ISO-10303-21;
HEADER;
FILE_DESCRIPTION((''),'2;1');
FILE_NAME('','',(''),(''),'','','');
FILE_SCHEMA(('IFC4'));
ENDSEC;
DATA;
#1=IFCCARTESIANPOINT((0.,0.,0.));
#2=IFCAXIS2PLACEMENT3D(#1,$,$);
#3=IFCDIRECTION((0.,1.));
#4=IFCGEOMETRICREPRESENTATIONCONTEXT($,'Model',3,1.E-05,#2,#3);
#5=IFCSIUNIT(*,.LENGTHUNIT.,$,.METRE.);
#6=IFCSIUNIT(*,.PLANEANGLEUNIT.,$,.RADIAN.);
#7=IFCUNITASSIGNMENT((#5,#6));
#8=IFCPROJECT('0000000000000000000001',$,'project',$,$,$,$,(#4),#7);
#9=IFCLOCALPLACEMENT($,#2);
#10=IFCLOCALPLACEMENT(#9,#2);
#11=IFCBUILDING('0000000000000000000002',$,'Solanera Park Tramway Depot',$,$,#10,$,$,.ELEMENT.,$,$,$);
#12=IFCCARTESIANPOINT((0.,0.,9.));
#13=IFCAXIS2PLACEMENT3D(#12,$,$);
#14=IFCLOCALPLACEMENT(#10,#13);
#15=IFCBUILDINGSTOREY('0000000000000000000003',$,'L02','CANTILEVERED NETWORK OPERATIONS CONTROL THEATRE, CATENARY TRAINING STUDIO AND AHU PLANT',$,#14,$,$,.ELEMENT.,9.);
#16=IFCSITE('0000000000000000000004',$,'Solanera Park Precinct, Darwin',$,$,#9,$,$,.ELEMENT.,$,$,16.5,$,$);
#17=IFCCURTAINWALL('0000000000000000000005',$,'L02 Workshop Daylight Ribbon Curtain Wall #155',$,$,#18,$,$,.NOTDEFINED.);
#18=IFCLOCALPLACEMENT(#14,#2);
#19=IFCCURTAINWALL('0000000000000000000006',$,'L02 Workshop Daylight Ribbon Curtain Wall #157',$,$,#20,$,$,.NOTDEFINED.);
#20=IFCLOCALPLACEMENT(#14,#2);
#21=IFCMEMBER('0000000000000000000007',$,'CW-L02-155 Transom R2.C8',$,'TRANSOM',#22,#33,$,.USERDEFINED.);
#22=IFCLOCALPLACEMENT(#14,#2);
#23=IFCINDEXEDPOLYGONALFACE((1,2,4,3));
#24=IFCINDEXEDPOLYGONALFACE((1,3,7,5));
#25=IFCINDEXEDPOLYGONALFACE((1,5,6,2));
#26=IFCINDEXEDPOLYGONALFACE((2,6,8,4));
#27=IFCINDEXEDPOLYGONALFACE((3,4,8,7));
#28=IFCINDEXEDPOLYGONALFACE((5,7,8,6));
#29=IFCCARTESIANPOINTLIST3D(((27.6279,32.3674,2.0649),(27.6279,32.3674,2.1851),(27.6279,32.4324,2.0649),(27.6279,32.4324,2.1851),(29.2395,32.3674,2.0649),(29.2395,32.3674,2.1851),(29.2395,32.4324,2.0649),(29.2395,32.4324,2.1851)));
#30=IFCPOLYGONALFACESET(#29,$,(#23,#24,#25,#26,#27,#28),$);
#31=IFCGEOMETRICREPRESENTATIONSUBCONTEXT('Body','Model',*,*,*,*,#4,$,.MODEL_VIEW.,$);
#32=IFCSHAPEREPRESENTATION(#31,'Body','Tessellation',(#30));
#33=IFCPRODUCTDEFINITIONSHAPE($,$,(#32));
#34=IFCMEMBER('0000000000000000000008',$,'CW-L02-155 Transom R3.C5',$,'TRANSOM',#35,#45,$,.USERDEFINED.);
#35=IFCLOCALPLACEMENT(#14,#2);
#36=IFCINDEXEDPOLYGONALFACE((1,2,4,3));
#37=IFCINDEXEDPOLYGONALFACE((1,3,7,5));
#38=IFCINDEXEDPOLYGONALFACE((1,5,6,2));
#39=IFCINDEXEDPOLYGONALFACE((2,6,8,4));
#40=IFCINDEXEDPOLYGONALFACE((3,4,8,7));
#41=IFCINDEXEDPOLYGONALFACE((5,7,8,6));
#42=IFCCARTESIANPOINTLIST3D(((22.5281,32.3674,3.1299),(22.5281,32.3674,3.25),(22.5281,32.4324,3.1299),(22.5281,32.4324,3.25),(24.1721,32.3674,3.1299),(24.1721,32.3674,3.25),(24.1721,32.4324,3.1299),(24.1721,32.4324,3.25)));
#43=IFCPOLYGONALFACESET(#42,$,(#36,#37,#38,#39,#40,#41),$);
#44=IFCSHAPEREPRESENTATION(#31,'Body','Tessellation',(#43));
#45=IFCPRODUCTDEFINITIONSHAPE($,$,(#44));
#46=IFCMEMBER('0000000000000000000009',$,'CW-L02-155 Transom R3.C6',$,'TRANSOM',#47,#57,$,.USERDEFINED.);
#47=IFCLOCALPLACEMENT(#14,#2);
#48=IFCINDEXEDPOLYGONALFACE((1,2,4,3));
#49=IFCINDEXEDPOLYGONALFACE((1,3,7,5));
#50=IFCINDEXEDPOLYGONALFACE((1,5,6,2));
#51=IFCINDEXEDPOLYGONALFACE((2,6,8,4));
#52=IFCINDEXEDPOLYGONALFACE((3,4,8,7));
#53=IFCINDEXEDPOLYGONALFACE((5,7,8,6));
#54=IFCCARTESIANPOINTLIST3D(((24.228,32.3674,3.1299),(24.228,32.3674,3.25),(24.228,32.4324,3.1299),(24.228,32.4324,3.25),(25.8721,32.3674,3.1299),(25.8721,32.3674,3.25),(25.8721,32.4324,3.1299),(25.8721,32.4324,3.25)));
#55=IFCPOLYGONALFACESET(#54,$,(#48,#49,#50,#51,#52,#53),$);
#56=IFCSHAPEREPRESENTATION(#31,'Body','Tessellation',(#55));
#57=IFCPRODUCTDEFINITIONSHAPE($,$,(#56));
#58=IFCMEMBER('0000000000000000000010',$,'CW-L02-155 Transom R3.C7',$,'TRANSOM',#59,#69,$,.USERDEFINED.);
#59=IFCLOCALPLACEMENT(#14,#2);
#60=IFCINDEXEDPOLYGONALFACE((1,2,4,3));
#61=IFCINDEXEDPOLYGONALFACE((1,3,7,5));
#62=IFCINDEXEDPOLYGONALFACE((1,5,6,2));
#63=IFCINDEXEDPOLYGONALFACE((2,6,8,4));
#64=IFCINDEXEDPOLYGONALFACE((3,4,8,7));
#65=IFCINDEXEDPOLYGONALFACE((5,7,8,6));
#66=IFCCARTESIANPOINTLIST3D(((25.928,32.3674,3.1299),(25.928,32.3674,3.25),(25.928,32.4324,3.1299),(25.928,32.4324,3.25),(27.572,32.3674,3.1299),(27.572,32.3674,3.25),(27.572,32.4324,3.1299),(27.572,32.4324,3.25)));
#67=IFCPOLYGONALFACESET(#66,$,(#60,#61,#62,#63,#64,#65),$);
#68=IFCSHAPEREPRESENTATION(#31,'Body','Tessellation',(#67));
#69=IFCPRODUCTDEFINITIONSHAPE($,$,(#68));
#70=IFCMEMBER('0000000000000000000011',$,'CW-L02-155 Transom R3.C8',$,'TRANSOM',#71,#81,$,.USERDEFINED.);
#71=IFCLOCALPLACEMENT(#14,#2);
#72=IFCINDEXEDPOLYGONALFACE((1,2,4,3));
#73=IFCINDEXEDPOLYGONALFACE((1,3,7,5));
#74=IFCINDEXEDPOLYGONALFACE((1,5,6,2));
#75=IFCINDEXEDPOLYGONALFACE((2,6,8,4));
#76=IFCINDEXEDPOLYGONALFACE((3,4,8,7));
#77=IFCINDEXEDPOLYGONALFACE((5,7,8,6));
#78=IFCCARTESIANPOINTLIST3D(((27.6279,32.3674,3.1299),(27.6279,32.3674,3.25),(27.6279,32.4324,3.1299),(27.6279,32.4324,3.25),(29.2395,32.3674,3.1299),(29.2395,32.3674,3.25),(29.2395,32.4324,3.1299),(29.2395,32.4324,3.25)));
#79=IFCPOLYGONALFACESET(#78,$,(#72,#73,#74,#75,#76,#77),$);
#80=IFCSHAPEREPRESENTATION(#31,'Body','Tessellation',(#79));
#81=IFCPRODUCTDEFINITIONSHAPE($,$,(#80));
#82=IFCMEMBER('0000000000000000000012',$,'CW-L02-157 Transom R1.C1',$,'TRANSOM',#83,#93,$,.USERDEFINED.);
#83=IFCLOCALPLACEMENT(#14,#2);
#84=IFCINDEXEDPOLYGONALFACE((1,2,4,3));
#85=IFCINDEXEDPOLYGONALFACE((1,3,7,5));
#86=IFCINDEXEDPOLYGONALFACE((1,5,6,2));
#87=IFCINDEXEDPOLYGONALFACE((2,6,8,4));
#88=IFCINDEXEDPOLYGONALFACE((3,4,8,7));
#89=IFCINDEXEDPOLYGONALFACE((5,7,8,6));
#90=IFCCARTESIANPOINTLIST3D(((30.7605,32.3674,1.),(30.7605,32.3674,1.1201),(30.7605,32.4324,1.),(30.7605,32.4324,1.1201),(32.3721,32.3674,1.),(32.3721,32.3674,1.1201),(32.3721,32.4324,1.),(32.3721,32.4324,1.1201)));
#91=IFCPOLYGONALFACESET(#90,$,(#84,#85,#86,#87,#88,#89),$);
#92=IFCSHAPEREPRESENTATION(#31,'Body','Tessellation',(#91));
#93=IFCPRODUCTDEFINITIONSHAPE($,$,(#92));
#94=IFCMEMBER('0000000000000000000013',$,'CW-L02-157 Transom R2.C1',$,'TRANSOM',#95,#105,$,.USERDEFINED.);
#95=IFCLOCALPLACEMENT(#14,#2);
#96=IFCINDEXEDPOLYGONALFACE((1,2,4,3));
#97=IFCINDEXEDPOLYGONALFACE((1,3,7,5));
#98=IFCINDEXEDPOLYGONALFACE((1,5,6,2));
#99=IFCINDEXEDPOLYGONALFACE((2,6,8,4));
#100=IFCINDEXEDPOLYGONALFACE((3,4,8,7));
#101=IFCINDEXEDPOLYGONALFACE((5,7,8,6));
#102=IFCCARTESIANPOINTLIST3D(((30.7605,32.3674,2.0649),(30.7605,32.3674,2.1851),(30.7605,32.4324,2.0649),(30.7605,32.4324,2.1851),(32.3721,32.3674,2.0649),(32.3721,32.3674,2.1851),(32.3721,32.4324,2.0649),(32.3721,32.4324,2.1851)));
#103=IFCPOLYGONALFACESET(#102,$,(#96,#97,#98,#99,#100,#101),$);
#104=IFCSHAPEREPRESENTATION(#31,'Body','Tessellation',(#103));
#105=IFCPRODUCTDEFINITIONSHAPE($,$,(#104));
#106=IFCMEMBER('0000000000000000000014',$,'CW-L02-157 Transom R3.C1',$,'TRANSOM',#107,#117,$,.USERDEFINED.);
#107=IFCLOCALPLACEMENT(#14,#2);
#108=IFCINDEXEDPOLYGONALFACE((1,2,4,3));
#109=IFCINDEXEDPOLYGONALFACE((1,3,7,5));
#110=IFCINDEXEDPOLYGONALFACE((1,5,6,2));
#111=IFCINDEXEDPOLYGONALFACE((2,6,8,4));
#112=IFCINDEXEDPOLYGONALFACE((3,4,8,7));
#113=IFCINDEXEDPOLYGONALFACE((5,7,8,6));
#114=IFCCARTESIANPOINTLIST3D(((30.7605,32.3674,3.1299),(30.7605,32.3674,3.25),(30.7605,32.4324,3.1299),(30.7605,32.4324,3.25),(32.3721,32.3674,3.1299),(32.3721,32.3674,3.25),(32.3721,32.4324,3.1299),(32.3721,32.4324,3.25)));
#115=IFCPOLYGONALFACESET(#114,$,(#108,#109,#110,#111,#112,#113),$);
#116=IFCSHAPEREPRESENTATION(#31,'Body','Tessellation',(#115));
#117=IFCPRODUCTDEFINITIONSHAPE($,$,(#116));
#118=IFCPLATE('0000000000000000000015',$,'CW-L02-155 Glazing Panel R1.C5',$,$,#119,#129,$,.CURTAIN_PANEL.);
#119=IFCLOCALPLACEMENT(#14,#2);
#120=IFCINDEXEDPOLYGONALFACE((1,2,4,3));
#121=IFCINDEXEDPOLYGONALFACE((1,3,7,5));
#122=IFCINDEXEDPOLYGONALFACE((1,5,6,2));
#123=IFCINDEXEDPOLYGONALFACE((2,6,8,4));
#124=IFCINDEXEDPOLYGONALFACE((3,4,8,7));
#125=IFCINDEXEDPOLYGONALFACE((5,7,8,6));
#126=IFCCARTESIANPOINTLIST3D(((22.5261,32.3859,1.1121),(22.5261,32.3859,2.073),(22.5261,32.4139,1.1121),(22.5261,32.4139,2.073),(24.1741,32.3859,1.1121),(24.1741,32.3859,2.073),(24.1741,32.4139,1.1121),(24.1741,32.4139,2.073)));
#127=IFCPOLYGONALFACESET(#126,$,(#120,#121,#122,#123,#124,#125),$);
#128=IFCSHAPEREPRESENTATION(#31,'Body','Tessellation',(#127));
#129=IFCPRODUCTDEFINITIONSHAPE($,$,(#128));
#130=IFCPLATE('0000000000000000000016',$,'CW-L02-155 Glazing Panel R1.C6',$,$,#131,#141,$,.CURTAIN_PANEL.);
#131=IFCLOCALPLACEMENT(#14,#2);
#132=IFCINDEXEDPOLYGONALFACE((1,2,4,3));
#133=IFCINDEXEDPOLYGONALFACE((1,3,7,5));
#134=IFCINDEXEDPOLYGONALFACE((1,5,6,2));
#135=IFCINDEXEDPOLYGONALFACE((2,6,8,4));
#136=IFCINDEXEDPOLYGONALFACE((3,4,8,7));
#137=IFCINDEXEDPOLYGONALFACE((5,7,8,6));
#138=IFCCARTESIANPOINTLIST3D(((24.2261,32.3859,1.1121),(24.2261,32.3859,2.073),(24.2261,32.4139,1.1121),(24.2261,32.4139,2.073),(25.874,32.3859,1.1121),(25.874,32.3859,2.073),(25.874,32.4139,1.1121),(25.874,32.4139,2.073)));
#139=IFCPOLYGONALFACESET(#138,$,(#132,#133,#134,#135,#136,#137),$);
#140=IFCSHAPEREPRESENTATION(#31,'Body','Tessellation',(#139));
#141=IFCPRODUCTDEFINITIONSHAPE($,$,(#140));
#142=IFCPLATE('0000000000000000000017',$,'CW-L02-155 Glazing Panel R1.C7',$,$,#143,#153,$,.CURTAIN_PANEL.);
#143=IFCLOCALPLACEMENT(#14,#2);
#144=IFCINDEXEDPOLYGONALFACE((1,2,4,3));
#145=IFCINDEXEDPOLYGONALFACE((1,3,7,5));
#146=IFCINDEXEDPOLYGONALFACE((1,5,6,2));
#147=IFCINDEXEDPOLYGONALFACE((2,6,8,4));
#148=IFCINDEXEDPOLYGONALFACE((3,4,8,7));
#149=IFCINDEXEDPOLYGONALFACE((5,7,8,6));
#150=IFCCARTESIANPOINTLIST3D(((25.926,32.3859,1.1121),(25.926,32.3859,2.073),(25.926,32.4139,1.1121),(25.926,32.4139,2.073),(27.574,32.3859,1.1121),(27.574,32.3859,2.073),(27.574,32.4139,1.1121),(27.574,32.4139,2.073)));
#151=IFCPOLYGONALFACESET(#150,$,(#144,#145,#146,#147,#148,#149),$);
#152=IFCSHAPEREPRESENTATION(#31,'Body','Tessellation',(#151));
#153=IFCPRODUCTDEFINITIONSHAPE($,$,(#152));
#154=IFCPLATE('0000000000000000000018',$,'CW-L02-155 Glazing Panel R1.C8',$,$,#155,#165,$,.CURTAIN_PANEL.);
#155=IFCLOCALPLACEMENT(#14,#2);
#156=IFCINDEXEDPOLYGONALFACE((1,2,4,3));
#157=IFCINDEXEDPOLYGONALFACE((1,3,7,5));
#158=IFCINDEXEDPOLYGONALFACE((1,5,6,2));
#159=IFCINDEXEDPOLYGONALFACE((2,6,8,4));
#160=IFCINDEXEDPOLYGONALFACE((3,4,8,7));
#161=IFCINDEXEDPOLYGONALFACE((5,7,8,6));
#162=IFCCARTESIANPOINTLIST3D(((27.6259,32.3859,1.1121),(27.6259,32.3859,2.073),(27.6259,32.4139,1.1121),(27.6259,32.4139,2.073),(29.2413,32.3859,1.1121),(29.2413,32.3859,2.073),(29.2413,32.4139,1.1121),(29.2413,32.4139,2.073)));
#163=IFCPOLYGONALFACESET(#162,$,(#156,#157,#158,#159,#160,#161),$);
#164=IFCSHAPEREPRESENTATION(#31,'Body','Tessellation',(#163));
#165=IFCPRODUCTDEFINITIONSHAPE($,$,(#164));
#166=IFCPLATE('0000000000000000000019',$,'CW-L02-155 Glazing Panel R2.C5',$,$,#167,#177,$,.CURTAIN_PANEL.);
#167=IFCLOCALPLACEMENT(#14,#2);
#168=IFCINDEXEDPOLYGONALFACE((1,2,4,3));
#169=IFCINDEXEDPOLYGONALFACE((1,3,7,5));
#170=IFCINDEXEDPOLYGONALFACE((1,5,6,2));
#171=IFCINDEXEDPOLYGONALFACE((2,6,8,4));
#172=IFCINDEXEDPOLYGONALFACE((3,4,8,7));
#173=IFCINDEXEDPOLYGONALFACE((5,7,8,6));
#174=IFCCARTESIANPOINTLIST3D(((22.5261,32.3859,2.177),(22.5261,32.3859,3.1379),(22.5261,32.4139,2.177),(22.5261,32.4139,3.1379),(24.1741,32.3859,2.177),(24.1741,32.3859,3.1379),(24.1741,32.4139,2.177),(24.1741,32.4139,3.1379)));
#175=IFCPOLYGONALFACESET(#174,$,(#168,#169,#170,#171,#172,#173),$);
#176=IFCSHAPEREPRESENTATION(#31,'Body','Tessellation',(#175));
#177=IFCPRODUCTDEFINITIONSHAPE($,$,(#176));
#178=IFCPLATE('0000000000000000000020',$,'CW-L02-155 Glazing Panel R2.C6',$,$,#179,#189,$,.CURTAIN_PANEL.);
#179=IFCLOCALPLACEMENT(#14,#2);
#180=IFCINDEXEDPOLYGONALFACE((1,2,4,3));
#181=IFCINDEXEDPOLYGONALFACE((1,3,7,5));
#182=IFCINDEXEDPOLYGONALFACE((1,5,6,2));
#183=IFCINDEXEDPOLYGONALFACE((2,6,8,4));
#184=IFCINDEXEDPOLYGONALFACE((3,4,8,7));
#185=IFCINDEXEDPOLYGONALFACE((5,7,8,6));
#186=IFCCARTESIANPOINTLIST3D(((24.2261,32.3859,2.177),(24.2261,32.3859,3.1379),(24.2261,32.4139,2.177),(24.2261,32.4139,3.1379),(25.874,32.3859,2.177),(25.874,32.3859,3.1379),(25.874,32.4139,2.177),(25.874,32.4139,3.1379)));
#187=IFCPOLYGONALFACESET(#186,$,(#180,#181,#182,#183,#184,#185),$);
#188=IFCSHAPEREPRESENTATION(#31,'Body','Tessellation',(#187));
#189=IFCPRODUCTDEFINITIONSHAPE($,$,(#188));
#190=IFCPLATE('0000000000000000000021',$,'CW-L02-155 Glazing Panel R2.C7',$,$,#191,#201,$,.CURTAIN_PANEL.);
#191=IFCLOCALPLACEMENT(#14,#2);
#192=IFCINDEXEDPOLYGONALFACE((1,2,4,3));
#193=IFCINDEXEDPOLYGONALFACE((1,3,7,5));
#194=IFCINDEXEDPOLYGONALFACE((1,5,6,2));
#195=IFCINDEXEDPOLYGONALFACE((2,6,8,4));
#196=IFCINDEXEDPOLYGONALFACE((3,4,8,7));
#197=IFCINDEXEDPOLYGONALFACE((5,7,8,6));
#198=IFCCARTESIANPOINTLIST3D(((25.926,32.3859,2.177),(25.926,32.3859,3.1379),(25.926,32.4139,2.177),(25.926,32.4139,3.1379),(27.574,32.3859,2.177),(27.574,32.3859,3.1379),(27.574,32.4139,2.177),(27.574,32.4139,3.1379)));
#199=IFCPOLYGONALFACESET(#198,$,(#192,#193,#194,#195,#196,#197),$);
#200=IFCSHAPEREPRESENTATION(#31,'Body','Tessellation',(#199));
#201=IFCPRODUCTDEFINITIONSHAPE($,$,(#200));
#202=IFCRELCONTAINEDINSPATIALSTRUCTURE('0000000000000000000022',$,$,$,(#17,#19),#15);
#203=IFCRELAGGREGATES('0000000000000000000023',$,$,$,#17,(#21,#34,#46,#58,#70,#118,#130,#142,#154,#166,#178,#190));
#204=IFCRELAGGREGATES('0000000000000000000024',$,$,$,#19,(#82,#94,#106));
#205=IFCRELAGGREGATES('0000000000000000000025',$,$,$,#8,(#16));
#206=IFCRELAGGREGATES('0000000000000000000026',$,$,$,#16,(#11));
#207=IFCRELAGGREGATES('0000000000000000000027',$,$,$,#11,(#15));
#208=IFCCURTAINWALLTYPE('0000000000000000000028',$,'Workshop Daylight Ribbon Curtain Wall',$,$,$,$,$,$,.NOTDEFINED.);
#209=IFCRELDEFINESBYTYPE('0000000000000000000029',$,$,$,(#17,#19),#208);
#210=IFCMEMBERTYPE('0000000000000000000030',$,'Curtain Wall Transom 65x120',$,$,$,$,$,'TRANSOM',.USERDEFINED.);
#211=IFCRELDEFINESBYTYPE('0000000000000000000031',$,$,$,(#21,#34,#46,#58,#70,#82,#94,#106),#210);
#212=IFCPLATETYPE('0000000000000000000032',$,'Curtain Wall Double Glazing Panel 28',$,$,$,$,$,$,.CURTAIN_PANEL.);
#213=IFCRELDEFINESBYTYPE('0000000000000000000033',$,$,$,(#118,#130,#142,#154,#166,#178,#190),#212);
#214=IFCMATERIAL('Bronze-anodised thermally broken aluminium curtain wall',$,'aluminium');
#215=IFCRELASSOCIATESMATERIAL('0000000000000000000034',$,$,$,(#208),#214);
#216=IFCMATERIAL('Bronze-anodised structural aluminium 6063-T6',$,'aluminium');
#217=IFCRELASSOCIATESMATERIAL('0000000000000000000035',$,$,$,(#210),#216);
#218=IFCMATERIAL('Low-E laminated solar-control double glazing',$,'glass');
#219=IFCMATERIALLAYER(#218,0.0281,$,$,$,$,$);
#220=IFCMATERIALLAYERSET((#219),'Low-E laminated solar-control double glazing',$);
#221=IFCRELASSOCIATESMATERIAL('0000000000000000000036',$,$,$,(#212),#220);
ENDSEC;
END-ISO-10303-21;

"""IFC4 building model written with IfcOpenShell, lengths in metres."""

from ifc_helpers import new_model, si_unit, direction, frame, origin, origin_2d, place, context, subcontext, project, spatial, rectangle, extrude, material, layer, layer_set, material_profile, profile_set, type_object, element, aggregate, save


model = new_model("IFC4")

# Units and contexts
model_context = context("Model", 3, precision=1e-05, world=origin(), true_north=direction((0.0, 1.0)))
body_context = subcontext(model_context, "Body", "Model", "MODEL_VIEW")
ifc_project = project(units=[si_unit("LENGTHUNIT", "METRE"), si_unit("PLANEANGLEUNIT", "RADIAN")], contexts=[model_context])

# Site, building, storey
site_placement = place(None, origin())
site = spatial("IfcSite", under=ifc_project, at=site_placement, Name="Solanera Park Precinct, Darwin", CompositionType="ELEMENT", RefElevation=16.5)
building_placement = place(site_placement, origin())
building = spatial("IfcBuilding", under=site, at=building_placement, Name="Solanera Park Tramway Depot", CompositionType="ELEMENT")
storey_placement = place(building_placement, frame((0.0, 0.0, 9.0)))
storey = spatial("IfcBuildingStorey", under=building, at=storey_placement, Name="L02", Description="CANTILEVERED NETWORK OPERATIONS CONTROL THEATRE, CATENARY TRAINING STUDIO AND AHU PLANT", CompositionType="ELEMENT", Elevation=9.0)

# Curtain walls
ifc_material_1 = material(Name="Bronze-anodised thermally broken aluminium curtain wall", Category="aluminium")
curtain_wall_type = type_object("IfcCurtainWallType", Name="Workshop Daylight Ribbon Curtain Wall", PredefinedType="NOTDEFINED", material=ifc_material_1)
curtain_wall_1_placement = place(storey_placement, origin())
curtain_wall_1 = element("IfcCurtainWall", 1, at=curtain_wall_1_placement, inside=storey, type_object=curtain_wall_type, Name="L02 Workshop Daylight Ribbon Curtain Wall #155", PredefinedType="NOTDEFINED")
curtain_wall_2_placement = place(storey_placement, origin())
curtain_wall_2 = element("IfcCurtainWall", 2, at=curtain_wall_2_placement, inside=storey, type_object=curtain_wall_type, Name="L02 Workshop Daylight Ribbon Curtain Wall #157", PredefinedType="NOTDEFINED")

# Members
ifc_material_2 = material(Name="Bronze-anodised structural aluminium 6063-T6", Category="aluminium")
ifc_material_profile_1 = material_profile(ifc_material_2, rectangle(XDim=0.0649, YDim=0.1201, at=origin_2d()), Name="Curtain Wall Transom 65x120")
ifc_profile_set_1 = profile_set([ifc_material_profile_1], Name="Bronze-anodised structural aluminium 6063-T6")
member_type_1 = type_object("IfcMemberType", Name="Curtain Wall Transom 65x120", ElementType="TRANSOM", PredefinedType="USERDEFINED", material=ifc_profile_set_1)
member_1_placement = place(storey_placement, frame((27.6279, 32.3999, 2.125), z_axis=(1.0, 0.0, 0.0), x_axis=(0.0, 1.0, 0.0)))
member_1 = element("IfcMember", 3, at=member_1_placement, type_object=member_type_1, Name="CW-L02-155 Transom R2.C8", ObjectType="TRANSOM", PredefinedType="USERDEFINED", context=body_context, shape_type="SweptSolid", body=[
    extrude(rectangle(XDim=0.0649, YDim=0.1201, at=origin_2d()), origin(), (0.0, 0.0, 1.0), 1.6116),
])
member_2_placement = place(storey_placement, frame((22.5281, 32.3999, 3.1899), z_axis=(1.0, 0.0, 0.0), x_axis=(0.0, 1.0, 0.0)))
member_2 = element("IfcMember", 4, at=member_2_placement, type_object=member_type_1, Name="CW-L02-155 Transom R3.C5", ObjectType="TRANSOM", PredefinedType="USERDEFINED", context=body_context, shape_type="SweptSolid", body=[
    extrude(rectangle(XDim=0.0649, YDim=0.1201, at=origin_2d()), origin(), (0.0, 0.0, 1.0), 1.644),
])
member_3_placement = place(storey_placement, frame((24.228, 32.3999, 3.1899), z_axis=(1.0, 0.0, 0.0), x_axis=(0.0, 1.0, 0.0)))
member_3 = element("IfcMember", 5, at=member_3_placement, type_object=member_type_1, Name="CW-L02-155 Transom R3.C6", ObjectType="TRANSOM", PredefinedType="USERDEFINED", context=body_context, shape_type="SweptSolid", body=[
    extrude(rectangle(XDim=0.0649, YDim=0.1201, at=origin_2d()), origin(), (0.0, 0.0, 1.0), 1.644),
])
member_4_placement = place(storey_placement, frame((25.928, 32.3999, 3.1899), z_axis=(1.0, 0.0, 0.0), x_axis=(0.0, 1.0, 0.0)))
member_4 = element("IfcMember", 6, at=member_4_placement, type_object=member_type_1, Name="CW-L02-155 Transom R3.C7", ObjectType="TRANSOM", PredefinedType="USERDEFINED", context=body_context, shape_type="SweptSolid", body=[
    extrude(rectangle(XDim=0.0649, YDim=0.1201, at=origin_2d()), origin(), (0.0, 0.0, 1.0), 1.644),
])
member_5_placement = place(storey_placement, frame((27.6279, 32.3999, 3.1899), z_axis=(1.0, 0.0, 0.0), x_axis=(0.0, 1.0, 0.0)))
member_5 = element("IfcMember", 7, at=member_5_placement, type_object=member_type_1, Name="CW-L02-155 Transom R3.C8", ObjectType="TRANSOM", PredefinedType="USERDEFINED", context=body_context, shape_type="SweptSolid", body=[
    extrude(rectangle(XDim=0.0649, YDim=0.1201, at=origin_2d()), origin(), (0.0, 0.0, 1.0), 1.6116),
])
member_6_placement = place(storey_placement, frame((30.7605, 32.3999, 1.0601), z_axis=(1.0, 0.0, 0.0), x_axis=(0.0, 1.0, 0.0)))
member_6 = element("IfcMember", 8, at=member_6_placement, type_object=member_type_1, Name="CW-L02-157 Transom R1.C1", ObjectType="TRANSOM", PredefinedType="USERDEFINED", context=body_context, shape_type="SweptSolid", body=[
    extrude(rectangle(XDim=0.0649, YDim=0.1201, at=origin_2d()), origin(), (0.0, 0.0, 1.0), 1.6116),
])
member_7_placement = place(storey_placement, frame((30.7605, 32.3999, 2.125), z_axis=(1.0, 0.0, 0.0), x_axis=(0.0, 1.0, 0.0)))
member_7 = element("IfcMember", 9, at=member_7_placement, type_object=member_type_1, Name="CW-L02-157 Transom R2.C1", ObjectType="TRANSOM", PredefinedType="USERDEFINED", context=body_context, shape_type="SweptSolid", body=[
    extrude(rectangle(XDim=0.0649, YDim=0.1201, at=origin_2d()), origin(), (0.0, 0.0, 1.0), 1.6116),
])
member_8_placement = place(storey_placement, frame((30.7605, 32.3999, 3.1899), z_axis=(1.0, 0.0, 0.0), x_axis=(0.0, 1.0, 0.0)))
member_8 = element("IfcMember", 10, at=member_8_placement, type_object=member_type_1, Name="CW-L02-157 Transom R3.C1", ObjectType="TRANSOM", PredefinedType="USERDEFINED", context=body_context, shape_type="SweptSolid", body=[
    extrude(rectangle(XDim=0.0649, YDim=0.1201, at=origin_2d()), origin(), (0.0, 0.0, 1.0), 1.6116),
])

# Plates
ifc_material_3 = material(Name="Low-E laminated solar-control double glazing", Category="glass")
ifc_layer = layer(ifc_material_3, 0.0281)
ifc_layer_set = layer_set([ifc_layer], Name="Low-E laminated solar-control double glazing")
plate_type = type_object("IfcPlateType", Name="Curtain Wall Double Glazing Panel 28", PredefinedType="CURTAIN_PANEL", material=ifc_layer_set)
plate_1_placement = place(storey_placement, frame((23.3501, 32.3999, 1.1121), z_axis=(0.0, 0.0, 1.0), x_axis=(1.0, 0.0, 0.0)))
plate_1 = element("IfcPlate", 11, at=plate_1_placement, type_object=plate_type, Name="CW-L02-155 Glazing Panel R1.C5", PredefinedType="CURTAIN_PANEL", context=body_context, shape_type="SweptSolid", body=[
    extrude(rectangle(XDim=1.6479, YDim=0.0281, at=origin_2d()), origin(), (0.0, 0.0, 1.0), 0.9609),
])
plate_2_placement = place(storey_placement, frame((25.05, 32.3999, 1.1121), z_axis=(0.0, 0.0, 1.0), x_axis=(1.0, 0.0, 0.0)))
plate_2 = element("IfcPlate", 12, at=plate_2_placement, type_object=plate_type, Name="CW-L02-155 Glazing Panel R1.C6", PredefinedType="CURTAIN_PANEL", context=body_context, shape_type="SweptSolid", body=[
    extrude(rectangle(XDim=1.6479, YDim=0.0281, at=origin_2d()), origin(), (0.0, 0.0, 1.0), 0.9609),
])
plate_3_placement = place(storey_placement, frame((26.75, 32.3999, 1.1121), z_axis=(0.0, 0.0, 1.0), x_axis=(1.0, 0.0, 0.0)))
plate_3 = element("IfcPlate", 13, at=plate_3_placement, type_object=plate_type, Name="CW-L02-155 Glazing Panel R1.C7", PredefinedType="CURTAIN_PANEL", context=body_context, shape_type="SweptSolid", body=[
    extrude(rectangle(XDim=1.6479, YDim=0.0281, at=origin_2d()), origin(), (0.0, 0.0, 1.0), 0.9609),
])
plate_4_placement = place(storey_placement, frame((28.4336, 32.3999, 1.1121), z_axis=(0.0, 0.0, 1.0), x_axis=(1.0, 0.0, 0.0)))
plate_4 = element("IfcPlate", 14, at=plate_4_placement, type_object=plate_type, Name="CW-L02-155 Glazing Panel R1.C8", PredefinedType="CURTAIN_PANEL", context=body_context, shape_type="SweptSolid", body=[
    extrude(rectangle(XDim=1.6155, YDim=0.0281, at=origin_2d()), origin(), (0.0, 0.0, 1.0), 0.9609),
])
plate_5_placement = place(storey_placement, frame((23.3501, 32.3999, 2.177), z_axis=(0.0, 0.0, 1.0), x_axis=(1.0, 0.0, 0.0)))
plate_5 = element("IfcPlate", 15, at=plate_5_placement, type_object=plate_type, Name="CW-L02-155 Glazing Panel R2.C5", PredefinedType="CURTAIN_PANEL", context=body_context, shape_type="SweptSolid", body=[
    extrude(rectangle(XDim=1.6479, YDim=0.0281, at=origin_2d()), origin(), (0.0, 0.0, 1.0), 0.9609),
])
plate_6_placement = place(storey_placement, frame((25.05, 32.3999, 2.177), z_axis=(0.0, 0.0, 1.0), x_axis=(1.0, 0.0, 0.0)))
plate_6 = element("IfcPlate", 16, at=plate_6_placement, type_object=plate_type, Name="CW-L02-155 Glazing Panel R2.C6", PredefinedType="CURTAIN_PANEL", context=body_context, shape_type="SweptSolid", body=[
    extrude(rectangle(XDim=1.6479, YDim=0.0281, at=origin_2d()), origin(), (0.0, 0.0, 1.0), 0.9609),
])
plate_7_placement = place(storey_placement, frame((26.75, 32.3999, 2.177), z_axis=(0.0, 0.0, 1.0), x_axis=(1.0, 0.0, 0.0)))
plate_7 = element("IfcPlate", 17, at=plate_7_placement, type_object=plate_type, Name="CW-L02-155 Glazing Panel R2.C7", PredefinedType="CURTAIN_PANEL", context=body_context, shape_type="SweptSolid", body=[
    extrude(rectangle(XDim=1.6479, YDim=0.0281, at=origin_2d()), origin(), (0.0, 0.0, 1.0), 0.9609),
])
aggregate(curtain_wall_1, [member_1, member_2, member_3, member_4, member_5, plate_1, plate_2, plate_3, plate_4, plate_5, plate_6, plate_7])
aggregate(curtain_wall_2, [member_6, member_7, member_8])

save(model, "model.ifc")
